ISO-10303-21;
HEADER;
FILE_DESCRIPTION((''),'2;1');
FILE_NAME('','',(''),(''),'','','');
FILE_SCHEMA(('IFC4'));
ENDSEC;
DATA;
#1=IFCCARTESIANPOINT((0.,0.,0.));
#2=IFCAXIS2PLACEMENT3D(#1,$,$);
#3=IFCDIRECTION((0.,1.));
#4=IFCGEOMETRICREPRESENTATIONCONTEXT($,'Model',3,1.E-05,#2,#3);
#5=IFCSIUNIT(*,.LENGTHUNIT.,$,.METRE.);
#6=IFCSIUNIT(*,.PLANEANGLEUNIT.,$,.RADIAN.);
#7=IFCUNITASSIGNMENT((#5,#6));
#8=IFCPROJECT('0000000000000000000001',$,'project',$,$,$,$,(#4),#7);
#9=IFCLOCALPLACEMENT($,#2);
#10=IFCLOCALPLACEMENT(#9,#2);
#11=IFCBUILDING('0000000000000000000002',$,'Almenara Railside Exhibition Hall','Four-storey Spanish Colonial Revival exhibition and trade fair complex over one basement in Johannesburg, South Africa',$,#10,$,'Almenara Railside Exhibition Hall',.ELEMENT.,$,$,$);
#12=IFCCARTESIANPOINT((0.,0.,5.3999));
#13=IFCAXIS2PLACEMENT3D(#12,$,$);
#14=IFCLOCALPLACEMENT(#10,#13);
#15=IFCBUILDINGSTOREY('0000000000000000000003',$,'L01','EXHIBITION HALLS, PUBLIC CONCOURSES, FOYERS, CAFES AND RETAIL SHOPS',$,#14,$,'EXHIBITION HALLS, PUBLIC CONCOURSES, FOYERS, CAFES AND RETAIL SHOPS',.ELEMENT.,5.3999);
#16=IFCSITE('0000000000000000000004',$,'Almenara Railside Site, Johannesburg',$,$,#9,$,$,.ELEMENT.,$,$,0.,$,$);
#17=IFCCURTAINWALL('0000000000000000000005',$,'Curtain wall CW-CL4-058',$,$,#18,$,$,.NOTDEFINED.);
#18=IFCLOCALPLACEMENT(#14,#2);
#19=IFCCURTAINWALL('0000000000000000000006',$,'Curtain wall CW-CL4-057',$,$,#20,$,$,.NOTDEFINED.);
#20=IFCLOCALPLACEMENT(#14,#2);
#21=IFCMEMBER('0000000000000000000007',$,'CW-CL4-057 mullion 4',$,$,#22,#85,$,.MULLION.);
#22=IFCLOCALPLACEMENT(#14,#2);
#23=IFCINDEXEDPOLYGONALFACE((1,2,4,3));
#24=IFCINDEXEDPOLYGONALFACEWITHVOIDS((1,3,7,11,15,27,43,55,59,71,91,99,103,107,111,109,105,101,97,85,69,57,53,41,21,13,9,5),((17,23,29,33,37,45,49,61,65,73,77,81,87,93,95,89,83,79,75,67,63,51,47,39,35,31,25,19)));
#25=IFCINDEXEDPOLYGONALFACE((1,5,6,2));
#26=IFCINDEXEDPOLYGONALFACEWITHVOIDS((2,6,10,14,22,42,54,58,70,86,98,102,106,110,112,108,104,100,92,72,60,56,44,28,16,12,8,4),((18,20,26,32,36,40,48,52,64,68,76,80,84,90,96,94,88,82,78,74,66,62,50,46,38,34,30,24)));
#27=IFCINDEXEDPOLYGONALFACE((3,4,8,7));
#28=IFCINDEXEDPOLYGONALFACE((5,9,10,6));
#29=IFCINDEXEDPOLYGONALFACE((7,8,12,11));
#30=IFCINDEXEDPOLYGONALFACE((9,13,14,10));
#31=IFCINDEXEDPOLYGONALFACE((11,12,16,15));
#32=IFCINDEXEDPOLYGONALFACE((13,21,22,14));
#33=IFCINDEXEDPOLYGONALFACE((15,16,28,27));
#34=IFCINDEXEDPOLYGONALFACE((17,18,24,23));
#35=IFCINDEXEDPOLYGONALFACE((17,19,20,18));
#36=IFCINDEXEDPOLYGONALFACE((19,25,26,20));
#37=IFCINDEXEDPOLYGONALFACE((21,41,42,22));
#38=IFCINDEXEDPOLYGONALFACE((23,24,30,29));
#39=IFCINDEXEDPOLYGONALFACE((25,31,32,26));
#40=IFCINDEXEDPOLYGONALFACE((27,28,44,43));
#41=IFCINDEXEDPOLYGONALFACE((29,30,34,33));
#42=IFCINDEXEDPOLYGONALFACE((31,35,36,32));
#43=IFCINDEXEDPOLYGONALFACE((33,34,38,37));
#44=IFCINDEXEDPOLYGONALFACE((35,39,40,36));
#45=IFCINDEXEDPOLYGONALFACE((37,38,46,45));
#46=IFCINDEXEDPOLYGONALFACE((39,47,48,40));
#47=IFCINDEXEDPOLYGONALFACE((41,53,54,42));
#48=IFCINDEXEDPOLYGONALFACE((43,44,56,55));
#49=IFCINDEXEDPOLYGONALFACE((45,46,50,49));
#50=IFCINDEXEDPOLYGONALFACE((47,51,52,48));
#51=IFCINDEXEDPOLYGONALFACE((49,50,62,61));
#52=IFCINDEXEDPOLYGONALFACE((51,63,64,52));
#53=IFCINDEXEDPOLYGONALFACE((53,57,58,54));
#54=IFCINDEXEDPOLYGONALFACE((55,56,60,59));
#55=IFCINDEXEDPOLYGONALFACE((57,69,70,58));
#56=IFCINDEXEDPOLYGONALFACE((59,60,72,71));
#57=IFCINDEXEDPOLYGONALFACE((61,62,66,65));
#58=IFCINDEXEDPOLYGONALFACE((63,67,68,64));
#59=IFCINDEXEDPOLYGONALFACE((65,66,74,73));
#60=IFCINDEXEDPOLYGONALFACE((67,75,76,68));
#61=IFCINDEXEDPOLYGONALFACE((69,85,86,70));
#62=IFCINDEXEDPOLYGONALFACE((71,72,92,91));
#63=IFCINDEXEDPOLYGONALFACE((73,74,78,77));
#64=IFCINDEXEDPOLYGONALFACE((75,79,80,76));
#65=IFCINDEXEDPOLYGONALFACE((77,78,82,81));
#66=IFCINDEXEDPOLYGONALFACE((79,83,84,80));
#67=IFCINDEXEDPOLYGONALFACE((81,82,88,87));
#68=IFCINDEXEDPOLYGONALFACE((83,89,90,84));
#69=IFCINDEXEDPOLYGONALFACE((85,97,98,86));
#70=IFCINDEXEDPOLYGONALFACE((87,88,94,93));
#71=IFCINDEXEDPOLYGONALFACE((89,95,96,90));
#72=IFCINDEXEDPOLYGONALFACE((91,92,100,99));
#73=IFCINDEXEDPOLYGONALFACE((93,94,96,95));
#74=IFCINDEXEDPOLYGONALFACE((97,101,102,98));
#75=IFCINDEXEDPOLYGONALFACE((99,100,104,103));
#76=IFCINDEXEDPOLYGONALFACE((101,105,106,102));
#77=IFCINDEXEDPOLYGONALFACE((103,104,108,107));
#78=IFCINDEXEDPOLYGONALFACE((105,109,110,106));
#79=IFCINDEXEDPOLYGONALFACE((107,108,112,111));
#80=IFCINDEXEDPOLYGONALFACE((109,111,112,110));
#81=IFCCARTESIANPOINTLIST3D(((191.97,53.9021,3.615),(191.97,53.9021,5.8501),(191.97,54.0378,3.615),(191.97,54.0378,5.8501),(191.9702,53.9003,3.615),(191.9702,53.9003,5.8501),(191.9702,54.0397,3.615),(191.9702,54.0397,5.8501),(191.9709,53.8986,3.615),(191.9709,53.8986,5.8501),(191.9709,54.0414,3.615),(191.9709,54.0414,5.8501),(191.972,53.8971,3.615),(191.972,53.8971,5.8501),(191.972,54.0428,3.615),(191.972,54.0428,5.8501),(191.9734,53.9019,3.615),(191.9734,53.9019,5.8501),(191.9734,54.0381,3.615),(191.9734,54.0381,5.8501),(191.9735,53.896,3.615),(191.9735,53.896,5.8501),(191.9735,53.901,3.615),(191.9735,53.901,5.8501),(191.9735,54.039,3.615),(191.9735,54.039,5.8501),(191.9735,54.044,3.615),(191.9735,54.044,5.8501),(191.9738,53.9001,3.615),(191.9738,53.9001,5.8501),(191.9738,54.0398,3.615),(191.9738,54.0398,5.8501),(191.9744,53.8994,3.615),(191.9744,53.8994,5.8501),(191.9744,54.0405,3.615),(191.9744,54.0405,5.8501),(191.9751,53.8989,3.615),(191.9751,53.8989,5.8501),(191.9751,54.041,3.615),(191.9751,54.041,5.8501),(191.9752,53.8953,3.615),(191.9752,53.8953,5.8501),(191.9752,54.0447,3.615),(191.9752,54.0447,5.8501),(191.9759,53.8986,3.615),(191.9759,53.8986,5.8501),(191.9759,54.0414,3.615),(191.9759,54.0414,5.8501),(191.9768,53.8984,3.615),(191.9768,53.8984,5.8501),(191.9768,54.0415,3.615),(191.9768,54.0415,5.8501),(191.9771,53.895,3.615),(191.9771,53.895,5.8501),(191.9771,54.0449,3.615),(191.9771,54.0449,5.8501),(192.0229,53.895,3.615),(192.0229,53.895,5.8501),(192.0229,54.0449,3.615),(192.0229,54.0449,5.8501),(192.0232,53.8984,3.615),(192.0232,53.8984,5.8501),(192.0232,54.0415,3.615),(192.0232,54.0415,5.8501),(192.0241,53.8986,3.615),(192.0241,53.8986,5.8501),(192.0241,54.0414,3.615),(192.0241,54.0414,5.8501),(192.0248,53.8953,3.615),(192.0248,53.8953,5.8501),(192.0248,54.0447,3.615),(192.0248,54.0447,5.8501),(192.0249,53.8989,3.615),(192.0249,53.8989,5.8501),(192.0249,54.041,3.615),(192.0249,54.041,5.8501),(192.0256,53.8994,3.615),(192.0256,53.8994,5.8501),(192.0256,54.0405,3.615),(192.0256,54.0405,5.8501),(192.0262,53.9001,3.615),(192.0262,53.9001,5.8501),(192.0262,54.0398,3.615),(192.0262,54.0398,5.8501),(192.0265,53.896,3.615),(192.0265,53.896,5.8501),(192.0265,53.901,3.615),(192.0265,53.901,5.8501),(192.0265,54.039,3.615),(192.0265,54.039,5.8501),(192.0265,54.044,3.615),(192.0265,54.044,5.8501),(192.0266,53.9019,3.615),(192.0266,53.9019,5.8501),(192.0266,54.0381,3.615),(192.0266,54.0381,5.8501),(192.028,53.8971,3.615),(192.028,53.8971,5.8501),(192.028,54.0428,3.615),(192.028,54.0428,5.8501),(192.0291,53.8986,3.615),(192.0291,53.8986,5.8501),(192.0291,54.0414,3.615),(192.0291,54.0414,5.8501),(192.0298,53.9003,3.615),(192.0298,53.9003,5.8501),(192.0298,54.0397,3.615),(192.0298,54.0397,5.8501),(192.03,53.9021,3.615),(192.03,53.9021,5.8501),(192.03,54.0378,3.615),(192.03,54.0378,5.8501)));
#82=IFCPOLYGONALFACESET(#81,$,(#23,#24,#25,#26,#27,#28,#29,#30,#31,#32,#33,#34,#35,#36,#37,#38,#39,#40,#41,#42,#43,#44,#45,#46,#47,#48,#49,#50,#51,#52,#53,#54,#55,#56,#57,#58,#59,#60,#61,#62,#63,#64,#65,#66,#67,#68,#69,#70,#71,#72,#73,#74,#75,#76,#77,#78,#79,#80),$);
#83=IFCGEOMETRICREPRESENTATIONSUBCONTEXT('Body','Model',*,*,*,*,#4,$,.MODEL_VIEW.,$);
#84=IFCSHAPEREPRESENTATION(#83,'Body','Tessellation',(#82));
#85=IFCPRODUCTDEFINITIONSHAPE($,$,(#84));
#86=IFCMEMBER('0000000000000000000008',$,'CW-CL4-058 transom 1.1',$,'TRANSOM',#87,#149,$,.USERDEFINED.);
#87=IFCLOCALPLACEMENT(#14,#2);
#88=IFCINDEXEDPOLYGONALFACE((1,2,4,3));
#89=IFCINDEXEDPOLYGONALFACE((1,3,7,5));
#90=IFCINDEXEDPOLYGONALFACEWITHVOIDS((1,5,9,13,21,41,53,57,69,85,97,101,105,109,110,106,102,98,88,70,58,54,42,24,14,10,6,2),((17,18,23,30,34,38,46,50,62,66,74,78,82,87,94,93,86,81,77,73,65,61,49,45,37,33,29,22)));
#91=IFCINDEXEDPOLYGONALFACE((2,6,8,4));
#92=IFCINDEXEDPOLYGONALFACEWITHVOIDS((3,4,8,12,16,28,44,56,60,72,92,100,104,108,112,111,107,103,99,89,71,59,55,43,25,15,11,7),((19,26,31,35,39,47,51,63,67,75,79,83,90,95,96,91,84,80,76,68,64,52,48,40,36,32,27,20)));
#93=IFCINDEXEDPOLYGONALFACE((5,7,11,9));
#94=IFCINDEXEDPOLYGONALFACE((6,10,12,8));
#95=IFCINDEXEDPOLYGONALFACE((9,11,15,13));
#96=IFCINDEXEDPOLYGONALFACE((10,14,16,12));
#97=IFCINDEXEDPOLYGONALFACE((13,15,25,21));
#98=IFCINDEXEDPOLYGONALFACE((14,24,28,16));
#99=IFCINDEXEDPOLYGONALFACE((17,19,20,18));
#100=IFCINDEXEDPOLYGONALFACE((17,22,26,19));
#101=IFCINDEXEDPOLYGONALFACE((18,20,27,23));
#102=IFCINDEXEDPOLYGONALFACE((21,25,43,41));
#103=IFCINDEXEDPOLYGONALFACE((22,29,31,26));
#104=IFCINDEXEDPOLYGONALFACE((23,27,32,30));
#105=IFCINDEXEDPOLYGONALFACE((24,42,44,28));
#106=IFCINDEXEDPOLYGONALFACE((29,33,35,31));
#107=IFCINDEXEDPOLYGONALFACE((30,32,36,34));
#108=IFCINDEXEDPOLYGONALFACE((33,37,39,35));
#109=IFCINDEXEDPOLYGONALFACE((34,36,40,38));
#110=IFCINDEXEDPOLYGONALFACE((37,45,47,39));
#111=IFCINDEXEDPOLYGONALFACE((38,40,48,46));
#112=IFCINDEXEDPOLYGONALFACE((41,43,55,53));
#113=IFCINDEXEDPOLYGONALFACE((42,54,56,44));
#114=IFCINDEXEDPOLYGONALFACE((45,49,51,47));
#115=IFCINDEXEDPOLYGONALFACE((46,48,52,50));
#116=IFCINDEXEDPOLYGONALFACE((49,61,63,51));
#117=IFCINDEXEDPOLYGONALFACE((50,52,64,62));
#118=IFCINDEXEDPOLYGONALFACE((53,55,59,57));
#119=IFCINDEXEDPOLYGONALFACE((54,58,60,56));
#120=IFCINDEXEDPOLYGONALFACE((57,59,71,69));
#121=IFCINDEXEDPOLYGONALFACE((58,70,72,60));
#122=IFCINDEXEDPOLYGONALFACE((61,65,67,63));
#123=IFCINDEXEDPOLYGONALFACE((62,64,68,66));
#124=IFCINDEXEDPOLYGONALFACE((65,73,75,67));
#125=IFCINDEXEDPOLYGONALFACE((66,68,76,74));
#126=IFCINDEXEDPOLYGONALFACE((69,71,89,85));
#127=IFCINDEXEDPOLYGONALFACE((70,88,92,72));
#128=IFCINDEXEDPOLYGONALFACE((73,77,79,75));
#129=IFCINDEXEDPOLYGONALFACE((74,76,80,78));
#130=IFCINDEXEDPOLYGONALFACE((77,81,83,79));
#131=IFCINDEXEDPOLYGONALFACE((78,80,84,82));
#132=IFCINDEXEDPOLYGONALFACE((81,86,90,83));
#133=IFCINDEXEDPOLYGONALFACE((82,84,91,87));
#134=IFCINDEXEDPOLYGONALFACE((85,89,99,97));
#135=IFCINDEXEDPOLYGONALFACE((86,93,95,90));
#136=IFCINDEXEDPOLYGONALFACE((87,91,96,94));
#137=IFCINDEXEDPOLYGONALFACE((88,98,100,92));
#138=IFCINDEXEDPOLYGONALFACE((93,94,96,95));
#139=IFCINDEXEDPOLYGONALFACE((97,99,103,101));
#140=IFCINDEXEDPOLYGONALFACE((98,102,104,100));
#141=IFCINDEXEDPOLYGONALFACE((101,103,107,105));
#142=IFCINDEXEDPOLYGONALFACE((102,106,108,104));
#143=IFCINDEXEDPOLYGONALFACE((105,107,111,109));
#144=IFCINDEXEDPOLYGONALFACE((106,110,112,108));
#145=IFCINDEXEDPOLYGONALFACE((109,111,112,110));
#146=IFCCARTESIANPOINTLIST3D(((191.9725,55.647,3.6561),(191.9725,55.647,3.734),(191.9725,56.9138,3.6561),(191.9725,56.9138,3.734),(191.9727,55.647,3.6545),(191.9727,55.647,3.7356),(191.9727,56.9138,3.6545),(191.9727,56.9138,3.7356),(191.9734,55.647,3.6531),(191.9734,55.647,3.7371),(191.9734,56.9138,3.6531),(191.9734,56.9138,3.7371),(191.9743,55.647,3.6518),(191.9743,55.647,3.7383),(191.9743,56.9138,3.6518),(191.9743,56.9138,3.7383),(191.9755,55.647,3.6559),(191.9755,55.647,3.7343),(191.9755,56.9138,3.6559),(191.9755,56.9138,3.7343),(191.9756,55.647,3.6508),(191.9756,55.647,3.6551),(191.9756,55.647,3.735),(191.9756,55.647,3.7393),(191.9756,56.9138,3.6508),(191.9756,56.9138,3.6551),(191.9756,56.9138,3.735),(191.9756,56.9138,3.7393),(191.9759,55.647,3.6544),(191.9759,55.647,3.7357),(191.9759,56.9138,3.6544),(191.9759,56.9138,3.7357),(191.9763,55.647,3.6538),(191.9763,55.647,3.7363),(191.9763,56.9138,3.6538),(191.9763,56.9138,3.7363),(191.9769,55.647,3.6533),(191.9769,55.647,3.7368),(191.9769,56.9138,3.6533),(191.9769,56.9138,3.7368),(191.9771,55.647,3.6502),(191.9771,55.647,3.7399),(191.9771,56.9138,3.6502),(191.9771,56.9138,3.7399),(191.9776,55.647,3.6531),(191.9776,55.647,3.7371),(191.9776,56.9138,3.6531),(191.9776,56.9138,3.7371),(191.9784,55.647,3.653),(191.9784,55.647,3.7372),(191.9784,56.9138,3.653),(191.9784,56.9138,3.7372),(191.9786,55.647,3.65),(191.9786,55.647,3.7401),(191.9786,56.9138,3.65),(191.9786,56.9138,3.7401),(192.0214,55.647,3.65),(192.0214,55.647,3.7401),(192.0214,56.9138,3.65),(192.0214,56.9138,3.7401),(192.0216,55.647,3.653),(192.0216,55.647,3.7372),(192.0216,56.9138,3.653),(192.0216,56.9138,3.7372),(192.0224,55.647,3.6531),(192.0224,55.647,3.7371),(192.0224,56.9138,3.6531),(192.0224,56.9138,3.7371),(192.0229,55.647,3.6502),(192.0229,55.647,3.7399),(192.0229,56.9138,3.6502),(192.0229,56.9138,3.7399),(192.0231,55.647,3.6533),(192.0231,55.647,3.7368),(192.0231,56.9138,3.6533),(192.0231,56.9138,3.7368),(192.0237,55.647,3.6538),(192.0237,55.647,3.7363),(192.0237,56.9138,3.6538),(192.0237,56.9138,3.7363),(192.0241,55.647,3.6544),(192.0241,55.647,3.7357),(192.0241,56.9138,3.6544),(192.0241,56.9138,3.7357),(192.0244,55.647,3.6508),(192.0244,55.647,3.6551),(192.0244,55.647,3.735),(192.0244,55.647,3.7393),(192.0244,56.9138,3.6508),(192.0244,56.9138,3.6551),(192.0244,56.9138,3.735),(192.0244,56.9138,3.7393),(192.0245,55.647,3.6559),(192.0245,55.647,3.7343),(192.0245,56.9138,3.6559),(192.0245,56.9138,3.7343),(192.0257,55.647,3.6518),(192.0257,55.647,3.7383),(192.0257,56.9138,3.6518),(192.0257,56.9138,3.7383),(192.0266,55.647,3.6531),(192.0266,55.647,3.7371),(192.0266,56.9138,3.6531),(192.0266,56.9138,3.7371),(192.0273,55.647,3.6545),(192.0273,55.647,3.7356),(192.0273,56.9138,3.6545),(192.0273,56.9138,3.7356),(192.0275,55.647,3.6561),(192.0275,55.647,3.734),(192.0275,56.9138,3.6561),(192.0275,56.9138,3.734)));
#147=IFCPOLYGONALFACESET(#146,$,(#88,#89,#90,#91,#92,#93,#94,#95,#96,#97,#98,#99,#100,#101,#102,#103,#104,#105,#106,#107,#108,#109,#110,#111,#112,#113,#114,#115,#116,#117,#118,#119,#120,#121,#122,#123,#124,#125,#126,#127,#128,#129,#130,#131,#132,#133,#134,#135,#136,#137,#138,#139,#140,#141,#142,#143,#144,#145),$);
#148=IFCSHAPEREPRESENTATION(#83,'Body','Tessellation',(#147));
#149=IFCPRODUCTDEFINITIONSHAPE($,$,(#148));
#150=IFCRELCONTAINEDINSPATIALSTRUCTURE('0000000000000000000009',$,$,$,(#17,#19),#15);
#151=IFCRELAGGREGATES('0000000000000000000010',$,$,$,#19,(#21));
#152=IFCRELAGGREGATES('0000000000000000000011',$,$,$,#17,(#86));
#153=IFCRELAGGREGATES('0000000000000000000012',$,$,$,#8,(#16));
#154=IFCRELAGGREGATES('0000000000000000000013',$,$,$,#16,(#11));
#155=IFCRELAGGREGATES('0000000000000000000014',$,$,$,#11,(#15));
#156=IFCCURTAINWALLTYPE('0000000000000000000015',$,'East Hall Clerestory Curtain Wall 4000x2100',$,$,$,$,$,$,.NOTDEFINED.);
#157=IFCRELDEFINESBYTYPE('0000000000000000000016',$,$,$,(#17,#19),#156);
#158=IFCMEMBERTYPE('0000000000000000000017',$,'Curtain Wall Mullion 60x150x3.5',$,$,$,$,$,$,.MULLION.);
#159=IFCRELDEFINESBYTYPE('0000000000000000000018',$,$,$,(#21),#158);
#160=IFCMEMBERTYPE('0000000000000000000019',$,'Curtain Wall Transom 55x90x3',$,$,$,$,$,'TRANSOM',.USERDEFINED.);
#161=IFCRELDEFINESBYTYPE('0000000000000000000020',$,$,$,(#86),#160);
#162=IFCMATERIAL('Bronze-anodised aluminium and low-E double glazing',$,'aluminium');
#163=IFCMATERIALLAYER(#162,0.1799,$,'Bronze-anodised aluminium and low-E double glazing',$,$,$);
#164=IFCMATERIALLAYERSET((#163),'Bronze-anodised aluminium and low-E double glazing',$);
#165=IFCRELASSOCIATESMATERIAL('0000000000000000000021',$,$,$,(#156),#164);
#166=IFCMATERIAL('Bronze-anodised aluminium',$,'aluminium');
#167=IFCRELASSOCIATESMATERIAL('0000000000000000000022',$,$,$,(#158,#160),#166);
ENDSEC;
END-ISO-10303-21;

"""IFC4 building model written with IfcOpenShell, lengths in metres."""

from ifc_helpers import new_model, si_unit, direction, frame, origin, origin_2d, place, context, subcontext, project, spatial, hollow_rectangle, extrude, material, layer, layer_set, material_profile, profile_set, type_object, element, aggregate, save


model = new_model("IFC4")

# Units and contexts
model_context = context("Model", 3, precision=1e-05, world=origin(), true_north=direction((0.0, 1.0)))
body_context = subcontext(model_context, "Body", "Model", "MODEL_VIEW")
ifc_project = project(units=[si_unit("LENGTHUNIT", "METRE"), si_unit("PLANEANGLEUNIT", "RADIAN")], contexts=[model_context])

# Site, building, storey
site_placement = place(None, origin())
site = spatial("IfcSite", under=ifc_project, at=site_placement, Name="Almenara Railside Site, Johannesburg", CompositionType="ELEMENT", RefElevation=0.0)
building_placement = place(site_placement, origin())
building = spatial("IfcBuilding", under=site, at=building_placement, Name="Almenara Railside Exhibition Hall", Description="Four-storey Spanish Colonial Revival exhibition and trade fair complex over one basement in Johannesburg, South Africa", LongName="Almenara Railside Exhibition Hall", CompositionType="ELEMENT")
storey_placement = place(building_placement, frame((0.0, 0.0, 5.3999)))
storey = spatial("IfcBuildingStorey", under=building, at=storey_placement, Name="L01", Description="EXHIBITION HALLS, PUBLIC CONCOURSES, FOYERS, CAFES AND RETAIL SHOPS", LongName="EXHIBITION HALLS, PUBLIC CONCOURSES, FOYERS, CAFES AND RETAIL SHOPS", CompositionType="ELEMENT", Elevation=5.3999)

# Curtain walls, member
ifc_material_1 = material(Name="Bronze-anodised aluminium and low-E double glazing", Category="aluminium")
ifc_layer_1 = layer(ifc_material_1, 0.1799, Name="Bronze-anodised aluminium and low-E double glazing")
ifc_layer_set_1 = layer_set([ifc_layer_1], Name="Bronze-anodised aluminium and low-E double glazing")
curtain_wall_type = type_object("IfcCurtainWallType", Name="East Hall Clerestory Curtain Wall 4000x2100", PredefinedType="NOTDEFINED", material=ifc_layer_set_1)
curtain_wall_1_placement = place(storey_placement, origin())
curtain_wall_1 = element("IfcCurtainWall", 1, at=curtain_wall_1_placement, inside=storey, type_object=curtain_wall_type, Name="Curtain wall CW-CL4-058", PredefinedType="NOTDEFINED")
ifc_material_2 = material(Name="Bronze-anodised aluminium", Category="aluminium")
curtain_wall_2_placement = place(storey_placement, origin())
curtain_wall_2 = element("IfcCurtainWall", 2, at=curtain_wall_2_placement, inside=storey, type_object=curtain_wall_type, Name="Curtain wall CW-CL4-057", PredefinedType="NOTDEFINED")
ifc_material_profile_1 = material_profile(ifc_material_2, hollow_rectangle(XDim=0.0601, YDim=0.1499, WallThickness=0.0034, InnerFilletRadius=0.0034, OuterFilletRadius=0.0071, at=origin_2d()), Name="ALU-MUL 60x150x3.5")
ifc_profile_set_1 = profile_set([ifc_material_profile_1], Name="Bronze-anodised aluminium")
member_type_1 = type_object("IfcMemberType", Name="Curtain Wall Mullion 60x150x3.5", PredefinedType="MULLION", material=ifc_profile_set_1)
member_1_placement = place(storey_placement, frame((192.0, 53.97, 3.615), z_axis=(0.0, 0.0, 1.0), x_axis=(-1.0, 0.0, 0.0)))
member_1 = element("IfcMember", 3, at=member_1_placement, type_object=member_type_1, Name="CW-CL4-057 mullion 4", PredefinedType="MULLION", context=body_context, shape_type="SweptSolid", body=[
    extrude(hollow_rectangle(XDim=0.0601, YDim=0.1499, WallThickness=0.0034, InnerFilletRadius=0.0034, OuterFilletRadius=0.0071, at=origin_2d()), origin(), (0.0, 0.0, 1.0), 2.2351),
])

# Member
ifc_material_profile_2 = material_profile(ifc_material_2, hollow_rectangle(XDim=0.0549, YDim=0.0901, WallThickness=0.0029, InnerFilletRadius=0.0029, OuterFilletRadius=0.0061, at=origin_2d()), Name="ALU-TRN 55x90x3")
ifc_profile_set_2 = profile_set([ifc_material_profile_2], Name="Bronze-anodised aluminium")
member_type_2 = type_object("IfcMemberType", Name="Curtain Wall Transom 55x90x3", ElementType="TRANSOM", PredefinedType="USERDEFINED", material=ifc_profile_set_2)
member_2_placement = place(storey_placement, frame((192.0, 55.647, 3.6951), z_axis=(0.0, 1.0, 0.0), x_axis=(-1.0, 0.0, 0.0)))
member_2 = element("IfcMember", 4, at=member_2_placement, type_object=member_type_2, Name="CW-CL4-058 transom 1.1", ObjectType="TRANSOM", PredefinedType="USERDEFINED", context=body_context, shape_type="SweptSolid", body=[
    extrude(hollow_rectangle(XDim=0.0549, YDim=0.0901, WallThickness=0.0029, InnerFilletRadius=0.0029, OuterFilletRadius=0.0061, at=origin_2d()), origin(), (0.0, 0.0, 1.0), 1.2668),
])

aggregate(curtain_wall_2, [member_1])
aggregate(curtain_wall_1, [member_2])

save(model, "model.ifc")
